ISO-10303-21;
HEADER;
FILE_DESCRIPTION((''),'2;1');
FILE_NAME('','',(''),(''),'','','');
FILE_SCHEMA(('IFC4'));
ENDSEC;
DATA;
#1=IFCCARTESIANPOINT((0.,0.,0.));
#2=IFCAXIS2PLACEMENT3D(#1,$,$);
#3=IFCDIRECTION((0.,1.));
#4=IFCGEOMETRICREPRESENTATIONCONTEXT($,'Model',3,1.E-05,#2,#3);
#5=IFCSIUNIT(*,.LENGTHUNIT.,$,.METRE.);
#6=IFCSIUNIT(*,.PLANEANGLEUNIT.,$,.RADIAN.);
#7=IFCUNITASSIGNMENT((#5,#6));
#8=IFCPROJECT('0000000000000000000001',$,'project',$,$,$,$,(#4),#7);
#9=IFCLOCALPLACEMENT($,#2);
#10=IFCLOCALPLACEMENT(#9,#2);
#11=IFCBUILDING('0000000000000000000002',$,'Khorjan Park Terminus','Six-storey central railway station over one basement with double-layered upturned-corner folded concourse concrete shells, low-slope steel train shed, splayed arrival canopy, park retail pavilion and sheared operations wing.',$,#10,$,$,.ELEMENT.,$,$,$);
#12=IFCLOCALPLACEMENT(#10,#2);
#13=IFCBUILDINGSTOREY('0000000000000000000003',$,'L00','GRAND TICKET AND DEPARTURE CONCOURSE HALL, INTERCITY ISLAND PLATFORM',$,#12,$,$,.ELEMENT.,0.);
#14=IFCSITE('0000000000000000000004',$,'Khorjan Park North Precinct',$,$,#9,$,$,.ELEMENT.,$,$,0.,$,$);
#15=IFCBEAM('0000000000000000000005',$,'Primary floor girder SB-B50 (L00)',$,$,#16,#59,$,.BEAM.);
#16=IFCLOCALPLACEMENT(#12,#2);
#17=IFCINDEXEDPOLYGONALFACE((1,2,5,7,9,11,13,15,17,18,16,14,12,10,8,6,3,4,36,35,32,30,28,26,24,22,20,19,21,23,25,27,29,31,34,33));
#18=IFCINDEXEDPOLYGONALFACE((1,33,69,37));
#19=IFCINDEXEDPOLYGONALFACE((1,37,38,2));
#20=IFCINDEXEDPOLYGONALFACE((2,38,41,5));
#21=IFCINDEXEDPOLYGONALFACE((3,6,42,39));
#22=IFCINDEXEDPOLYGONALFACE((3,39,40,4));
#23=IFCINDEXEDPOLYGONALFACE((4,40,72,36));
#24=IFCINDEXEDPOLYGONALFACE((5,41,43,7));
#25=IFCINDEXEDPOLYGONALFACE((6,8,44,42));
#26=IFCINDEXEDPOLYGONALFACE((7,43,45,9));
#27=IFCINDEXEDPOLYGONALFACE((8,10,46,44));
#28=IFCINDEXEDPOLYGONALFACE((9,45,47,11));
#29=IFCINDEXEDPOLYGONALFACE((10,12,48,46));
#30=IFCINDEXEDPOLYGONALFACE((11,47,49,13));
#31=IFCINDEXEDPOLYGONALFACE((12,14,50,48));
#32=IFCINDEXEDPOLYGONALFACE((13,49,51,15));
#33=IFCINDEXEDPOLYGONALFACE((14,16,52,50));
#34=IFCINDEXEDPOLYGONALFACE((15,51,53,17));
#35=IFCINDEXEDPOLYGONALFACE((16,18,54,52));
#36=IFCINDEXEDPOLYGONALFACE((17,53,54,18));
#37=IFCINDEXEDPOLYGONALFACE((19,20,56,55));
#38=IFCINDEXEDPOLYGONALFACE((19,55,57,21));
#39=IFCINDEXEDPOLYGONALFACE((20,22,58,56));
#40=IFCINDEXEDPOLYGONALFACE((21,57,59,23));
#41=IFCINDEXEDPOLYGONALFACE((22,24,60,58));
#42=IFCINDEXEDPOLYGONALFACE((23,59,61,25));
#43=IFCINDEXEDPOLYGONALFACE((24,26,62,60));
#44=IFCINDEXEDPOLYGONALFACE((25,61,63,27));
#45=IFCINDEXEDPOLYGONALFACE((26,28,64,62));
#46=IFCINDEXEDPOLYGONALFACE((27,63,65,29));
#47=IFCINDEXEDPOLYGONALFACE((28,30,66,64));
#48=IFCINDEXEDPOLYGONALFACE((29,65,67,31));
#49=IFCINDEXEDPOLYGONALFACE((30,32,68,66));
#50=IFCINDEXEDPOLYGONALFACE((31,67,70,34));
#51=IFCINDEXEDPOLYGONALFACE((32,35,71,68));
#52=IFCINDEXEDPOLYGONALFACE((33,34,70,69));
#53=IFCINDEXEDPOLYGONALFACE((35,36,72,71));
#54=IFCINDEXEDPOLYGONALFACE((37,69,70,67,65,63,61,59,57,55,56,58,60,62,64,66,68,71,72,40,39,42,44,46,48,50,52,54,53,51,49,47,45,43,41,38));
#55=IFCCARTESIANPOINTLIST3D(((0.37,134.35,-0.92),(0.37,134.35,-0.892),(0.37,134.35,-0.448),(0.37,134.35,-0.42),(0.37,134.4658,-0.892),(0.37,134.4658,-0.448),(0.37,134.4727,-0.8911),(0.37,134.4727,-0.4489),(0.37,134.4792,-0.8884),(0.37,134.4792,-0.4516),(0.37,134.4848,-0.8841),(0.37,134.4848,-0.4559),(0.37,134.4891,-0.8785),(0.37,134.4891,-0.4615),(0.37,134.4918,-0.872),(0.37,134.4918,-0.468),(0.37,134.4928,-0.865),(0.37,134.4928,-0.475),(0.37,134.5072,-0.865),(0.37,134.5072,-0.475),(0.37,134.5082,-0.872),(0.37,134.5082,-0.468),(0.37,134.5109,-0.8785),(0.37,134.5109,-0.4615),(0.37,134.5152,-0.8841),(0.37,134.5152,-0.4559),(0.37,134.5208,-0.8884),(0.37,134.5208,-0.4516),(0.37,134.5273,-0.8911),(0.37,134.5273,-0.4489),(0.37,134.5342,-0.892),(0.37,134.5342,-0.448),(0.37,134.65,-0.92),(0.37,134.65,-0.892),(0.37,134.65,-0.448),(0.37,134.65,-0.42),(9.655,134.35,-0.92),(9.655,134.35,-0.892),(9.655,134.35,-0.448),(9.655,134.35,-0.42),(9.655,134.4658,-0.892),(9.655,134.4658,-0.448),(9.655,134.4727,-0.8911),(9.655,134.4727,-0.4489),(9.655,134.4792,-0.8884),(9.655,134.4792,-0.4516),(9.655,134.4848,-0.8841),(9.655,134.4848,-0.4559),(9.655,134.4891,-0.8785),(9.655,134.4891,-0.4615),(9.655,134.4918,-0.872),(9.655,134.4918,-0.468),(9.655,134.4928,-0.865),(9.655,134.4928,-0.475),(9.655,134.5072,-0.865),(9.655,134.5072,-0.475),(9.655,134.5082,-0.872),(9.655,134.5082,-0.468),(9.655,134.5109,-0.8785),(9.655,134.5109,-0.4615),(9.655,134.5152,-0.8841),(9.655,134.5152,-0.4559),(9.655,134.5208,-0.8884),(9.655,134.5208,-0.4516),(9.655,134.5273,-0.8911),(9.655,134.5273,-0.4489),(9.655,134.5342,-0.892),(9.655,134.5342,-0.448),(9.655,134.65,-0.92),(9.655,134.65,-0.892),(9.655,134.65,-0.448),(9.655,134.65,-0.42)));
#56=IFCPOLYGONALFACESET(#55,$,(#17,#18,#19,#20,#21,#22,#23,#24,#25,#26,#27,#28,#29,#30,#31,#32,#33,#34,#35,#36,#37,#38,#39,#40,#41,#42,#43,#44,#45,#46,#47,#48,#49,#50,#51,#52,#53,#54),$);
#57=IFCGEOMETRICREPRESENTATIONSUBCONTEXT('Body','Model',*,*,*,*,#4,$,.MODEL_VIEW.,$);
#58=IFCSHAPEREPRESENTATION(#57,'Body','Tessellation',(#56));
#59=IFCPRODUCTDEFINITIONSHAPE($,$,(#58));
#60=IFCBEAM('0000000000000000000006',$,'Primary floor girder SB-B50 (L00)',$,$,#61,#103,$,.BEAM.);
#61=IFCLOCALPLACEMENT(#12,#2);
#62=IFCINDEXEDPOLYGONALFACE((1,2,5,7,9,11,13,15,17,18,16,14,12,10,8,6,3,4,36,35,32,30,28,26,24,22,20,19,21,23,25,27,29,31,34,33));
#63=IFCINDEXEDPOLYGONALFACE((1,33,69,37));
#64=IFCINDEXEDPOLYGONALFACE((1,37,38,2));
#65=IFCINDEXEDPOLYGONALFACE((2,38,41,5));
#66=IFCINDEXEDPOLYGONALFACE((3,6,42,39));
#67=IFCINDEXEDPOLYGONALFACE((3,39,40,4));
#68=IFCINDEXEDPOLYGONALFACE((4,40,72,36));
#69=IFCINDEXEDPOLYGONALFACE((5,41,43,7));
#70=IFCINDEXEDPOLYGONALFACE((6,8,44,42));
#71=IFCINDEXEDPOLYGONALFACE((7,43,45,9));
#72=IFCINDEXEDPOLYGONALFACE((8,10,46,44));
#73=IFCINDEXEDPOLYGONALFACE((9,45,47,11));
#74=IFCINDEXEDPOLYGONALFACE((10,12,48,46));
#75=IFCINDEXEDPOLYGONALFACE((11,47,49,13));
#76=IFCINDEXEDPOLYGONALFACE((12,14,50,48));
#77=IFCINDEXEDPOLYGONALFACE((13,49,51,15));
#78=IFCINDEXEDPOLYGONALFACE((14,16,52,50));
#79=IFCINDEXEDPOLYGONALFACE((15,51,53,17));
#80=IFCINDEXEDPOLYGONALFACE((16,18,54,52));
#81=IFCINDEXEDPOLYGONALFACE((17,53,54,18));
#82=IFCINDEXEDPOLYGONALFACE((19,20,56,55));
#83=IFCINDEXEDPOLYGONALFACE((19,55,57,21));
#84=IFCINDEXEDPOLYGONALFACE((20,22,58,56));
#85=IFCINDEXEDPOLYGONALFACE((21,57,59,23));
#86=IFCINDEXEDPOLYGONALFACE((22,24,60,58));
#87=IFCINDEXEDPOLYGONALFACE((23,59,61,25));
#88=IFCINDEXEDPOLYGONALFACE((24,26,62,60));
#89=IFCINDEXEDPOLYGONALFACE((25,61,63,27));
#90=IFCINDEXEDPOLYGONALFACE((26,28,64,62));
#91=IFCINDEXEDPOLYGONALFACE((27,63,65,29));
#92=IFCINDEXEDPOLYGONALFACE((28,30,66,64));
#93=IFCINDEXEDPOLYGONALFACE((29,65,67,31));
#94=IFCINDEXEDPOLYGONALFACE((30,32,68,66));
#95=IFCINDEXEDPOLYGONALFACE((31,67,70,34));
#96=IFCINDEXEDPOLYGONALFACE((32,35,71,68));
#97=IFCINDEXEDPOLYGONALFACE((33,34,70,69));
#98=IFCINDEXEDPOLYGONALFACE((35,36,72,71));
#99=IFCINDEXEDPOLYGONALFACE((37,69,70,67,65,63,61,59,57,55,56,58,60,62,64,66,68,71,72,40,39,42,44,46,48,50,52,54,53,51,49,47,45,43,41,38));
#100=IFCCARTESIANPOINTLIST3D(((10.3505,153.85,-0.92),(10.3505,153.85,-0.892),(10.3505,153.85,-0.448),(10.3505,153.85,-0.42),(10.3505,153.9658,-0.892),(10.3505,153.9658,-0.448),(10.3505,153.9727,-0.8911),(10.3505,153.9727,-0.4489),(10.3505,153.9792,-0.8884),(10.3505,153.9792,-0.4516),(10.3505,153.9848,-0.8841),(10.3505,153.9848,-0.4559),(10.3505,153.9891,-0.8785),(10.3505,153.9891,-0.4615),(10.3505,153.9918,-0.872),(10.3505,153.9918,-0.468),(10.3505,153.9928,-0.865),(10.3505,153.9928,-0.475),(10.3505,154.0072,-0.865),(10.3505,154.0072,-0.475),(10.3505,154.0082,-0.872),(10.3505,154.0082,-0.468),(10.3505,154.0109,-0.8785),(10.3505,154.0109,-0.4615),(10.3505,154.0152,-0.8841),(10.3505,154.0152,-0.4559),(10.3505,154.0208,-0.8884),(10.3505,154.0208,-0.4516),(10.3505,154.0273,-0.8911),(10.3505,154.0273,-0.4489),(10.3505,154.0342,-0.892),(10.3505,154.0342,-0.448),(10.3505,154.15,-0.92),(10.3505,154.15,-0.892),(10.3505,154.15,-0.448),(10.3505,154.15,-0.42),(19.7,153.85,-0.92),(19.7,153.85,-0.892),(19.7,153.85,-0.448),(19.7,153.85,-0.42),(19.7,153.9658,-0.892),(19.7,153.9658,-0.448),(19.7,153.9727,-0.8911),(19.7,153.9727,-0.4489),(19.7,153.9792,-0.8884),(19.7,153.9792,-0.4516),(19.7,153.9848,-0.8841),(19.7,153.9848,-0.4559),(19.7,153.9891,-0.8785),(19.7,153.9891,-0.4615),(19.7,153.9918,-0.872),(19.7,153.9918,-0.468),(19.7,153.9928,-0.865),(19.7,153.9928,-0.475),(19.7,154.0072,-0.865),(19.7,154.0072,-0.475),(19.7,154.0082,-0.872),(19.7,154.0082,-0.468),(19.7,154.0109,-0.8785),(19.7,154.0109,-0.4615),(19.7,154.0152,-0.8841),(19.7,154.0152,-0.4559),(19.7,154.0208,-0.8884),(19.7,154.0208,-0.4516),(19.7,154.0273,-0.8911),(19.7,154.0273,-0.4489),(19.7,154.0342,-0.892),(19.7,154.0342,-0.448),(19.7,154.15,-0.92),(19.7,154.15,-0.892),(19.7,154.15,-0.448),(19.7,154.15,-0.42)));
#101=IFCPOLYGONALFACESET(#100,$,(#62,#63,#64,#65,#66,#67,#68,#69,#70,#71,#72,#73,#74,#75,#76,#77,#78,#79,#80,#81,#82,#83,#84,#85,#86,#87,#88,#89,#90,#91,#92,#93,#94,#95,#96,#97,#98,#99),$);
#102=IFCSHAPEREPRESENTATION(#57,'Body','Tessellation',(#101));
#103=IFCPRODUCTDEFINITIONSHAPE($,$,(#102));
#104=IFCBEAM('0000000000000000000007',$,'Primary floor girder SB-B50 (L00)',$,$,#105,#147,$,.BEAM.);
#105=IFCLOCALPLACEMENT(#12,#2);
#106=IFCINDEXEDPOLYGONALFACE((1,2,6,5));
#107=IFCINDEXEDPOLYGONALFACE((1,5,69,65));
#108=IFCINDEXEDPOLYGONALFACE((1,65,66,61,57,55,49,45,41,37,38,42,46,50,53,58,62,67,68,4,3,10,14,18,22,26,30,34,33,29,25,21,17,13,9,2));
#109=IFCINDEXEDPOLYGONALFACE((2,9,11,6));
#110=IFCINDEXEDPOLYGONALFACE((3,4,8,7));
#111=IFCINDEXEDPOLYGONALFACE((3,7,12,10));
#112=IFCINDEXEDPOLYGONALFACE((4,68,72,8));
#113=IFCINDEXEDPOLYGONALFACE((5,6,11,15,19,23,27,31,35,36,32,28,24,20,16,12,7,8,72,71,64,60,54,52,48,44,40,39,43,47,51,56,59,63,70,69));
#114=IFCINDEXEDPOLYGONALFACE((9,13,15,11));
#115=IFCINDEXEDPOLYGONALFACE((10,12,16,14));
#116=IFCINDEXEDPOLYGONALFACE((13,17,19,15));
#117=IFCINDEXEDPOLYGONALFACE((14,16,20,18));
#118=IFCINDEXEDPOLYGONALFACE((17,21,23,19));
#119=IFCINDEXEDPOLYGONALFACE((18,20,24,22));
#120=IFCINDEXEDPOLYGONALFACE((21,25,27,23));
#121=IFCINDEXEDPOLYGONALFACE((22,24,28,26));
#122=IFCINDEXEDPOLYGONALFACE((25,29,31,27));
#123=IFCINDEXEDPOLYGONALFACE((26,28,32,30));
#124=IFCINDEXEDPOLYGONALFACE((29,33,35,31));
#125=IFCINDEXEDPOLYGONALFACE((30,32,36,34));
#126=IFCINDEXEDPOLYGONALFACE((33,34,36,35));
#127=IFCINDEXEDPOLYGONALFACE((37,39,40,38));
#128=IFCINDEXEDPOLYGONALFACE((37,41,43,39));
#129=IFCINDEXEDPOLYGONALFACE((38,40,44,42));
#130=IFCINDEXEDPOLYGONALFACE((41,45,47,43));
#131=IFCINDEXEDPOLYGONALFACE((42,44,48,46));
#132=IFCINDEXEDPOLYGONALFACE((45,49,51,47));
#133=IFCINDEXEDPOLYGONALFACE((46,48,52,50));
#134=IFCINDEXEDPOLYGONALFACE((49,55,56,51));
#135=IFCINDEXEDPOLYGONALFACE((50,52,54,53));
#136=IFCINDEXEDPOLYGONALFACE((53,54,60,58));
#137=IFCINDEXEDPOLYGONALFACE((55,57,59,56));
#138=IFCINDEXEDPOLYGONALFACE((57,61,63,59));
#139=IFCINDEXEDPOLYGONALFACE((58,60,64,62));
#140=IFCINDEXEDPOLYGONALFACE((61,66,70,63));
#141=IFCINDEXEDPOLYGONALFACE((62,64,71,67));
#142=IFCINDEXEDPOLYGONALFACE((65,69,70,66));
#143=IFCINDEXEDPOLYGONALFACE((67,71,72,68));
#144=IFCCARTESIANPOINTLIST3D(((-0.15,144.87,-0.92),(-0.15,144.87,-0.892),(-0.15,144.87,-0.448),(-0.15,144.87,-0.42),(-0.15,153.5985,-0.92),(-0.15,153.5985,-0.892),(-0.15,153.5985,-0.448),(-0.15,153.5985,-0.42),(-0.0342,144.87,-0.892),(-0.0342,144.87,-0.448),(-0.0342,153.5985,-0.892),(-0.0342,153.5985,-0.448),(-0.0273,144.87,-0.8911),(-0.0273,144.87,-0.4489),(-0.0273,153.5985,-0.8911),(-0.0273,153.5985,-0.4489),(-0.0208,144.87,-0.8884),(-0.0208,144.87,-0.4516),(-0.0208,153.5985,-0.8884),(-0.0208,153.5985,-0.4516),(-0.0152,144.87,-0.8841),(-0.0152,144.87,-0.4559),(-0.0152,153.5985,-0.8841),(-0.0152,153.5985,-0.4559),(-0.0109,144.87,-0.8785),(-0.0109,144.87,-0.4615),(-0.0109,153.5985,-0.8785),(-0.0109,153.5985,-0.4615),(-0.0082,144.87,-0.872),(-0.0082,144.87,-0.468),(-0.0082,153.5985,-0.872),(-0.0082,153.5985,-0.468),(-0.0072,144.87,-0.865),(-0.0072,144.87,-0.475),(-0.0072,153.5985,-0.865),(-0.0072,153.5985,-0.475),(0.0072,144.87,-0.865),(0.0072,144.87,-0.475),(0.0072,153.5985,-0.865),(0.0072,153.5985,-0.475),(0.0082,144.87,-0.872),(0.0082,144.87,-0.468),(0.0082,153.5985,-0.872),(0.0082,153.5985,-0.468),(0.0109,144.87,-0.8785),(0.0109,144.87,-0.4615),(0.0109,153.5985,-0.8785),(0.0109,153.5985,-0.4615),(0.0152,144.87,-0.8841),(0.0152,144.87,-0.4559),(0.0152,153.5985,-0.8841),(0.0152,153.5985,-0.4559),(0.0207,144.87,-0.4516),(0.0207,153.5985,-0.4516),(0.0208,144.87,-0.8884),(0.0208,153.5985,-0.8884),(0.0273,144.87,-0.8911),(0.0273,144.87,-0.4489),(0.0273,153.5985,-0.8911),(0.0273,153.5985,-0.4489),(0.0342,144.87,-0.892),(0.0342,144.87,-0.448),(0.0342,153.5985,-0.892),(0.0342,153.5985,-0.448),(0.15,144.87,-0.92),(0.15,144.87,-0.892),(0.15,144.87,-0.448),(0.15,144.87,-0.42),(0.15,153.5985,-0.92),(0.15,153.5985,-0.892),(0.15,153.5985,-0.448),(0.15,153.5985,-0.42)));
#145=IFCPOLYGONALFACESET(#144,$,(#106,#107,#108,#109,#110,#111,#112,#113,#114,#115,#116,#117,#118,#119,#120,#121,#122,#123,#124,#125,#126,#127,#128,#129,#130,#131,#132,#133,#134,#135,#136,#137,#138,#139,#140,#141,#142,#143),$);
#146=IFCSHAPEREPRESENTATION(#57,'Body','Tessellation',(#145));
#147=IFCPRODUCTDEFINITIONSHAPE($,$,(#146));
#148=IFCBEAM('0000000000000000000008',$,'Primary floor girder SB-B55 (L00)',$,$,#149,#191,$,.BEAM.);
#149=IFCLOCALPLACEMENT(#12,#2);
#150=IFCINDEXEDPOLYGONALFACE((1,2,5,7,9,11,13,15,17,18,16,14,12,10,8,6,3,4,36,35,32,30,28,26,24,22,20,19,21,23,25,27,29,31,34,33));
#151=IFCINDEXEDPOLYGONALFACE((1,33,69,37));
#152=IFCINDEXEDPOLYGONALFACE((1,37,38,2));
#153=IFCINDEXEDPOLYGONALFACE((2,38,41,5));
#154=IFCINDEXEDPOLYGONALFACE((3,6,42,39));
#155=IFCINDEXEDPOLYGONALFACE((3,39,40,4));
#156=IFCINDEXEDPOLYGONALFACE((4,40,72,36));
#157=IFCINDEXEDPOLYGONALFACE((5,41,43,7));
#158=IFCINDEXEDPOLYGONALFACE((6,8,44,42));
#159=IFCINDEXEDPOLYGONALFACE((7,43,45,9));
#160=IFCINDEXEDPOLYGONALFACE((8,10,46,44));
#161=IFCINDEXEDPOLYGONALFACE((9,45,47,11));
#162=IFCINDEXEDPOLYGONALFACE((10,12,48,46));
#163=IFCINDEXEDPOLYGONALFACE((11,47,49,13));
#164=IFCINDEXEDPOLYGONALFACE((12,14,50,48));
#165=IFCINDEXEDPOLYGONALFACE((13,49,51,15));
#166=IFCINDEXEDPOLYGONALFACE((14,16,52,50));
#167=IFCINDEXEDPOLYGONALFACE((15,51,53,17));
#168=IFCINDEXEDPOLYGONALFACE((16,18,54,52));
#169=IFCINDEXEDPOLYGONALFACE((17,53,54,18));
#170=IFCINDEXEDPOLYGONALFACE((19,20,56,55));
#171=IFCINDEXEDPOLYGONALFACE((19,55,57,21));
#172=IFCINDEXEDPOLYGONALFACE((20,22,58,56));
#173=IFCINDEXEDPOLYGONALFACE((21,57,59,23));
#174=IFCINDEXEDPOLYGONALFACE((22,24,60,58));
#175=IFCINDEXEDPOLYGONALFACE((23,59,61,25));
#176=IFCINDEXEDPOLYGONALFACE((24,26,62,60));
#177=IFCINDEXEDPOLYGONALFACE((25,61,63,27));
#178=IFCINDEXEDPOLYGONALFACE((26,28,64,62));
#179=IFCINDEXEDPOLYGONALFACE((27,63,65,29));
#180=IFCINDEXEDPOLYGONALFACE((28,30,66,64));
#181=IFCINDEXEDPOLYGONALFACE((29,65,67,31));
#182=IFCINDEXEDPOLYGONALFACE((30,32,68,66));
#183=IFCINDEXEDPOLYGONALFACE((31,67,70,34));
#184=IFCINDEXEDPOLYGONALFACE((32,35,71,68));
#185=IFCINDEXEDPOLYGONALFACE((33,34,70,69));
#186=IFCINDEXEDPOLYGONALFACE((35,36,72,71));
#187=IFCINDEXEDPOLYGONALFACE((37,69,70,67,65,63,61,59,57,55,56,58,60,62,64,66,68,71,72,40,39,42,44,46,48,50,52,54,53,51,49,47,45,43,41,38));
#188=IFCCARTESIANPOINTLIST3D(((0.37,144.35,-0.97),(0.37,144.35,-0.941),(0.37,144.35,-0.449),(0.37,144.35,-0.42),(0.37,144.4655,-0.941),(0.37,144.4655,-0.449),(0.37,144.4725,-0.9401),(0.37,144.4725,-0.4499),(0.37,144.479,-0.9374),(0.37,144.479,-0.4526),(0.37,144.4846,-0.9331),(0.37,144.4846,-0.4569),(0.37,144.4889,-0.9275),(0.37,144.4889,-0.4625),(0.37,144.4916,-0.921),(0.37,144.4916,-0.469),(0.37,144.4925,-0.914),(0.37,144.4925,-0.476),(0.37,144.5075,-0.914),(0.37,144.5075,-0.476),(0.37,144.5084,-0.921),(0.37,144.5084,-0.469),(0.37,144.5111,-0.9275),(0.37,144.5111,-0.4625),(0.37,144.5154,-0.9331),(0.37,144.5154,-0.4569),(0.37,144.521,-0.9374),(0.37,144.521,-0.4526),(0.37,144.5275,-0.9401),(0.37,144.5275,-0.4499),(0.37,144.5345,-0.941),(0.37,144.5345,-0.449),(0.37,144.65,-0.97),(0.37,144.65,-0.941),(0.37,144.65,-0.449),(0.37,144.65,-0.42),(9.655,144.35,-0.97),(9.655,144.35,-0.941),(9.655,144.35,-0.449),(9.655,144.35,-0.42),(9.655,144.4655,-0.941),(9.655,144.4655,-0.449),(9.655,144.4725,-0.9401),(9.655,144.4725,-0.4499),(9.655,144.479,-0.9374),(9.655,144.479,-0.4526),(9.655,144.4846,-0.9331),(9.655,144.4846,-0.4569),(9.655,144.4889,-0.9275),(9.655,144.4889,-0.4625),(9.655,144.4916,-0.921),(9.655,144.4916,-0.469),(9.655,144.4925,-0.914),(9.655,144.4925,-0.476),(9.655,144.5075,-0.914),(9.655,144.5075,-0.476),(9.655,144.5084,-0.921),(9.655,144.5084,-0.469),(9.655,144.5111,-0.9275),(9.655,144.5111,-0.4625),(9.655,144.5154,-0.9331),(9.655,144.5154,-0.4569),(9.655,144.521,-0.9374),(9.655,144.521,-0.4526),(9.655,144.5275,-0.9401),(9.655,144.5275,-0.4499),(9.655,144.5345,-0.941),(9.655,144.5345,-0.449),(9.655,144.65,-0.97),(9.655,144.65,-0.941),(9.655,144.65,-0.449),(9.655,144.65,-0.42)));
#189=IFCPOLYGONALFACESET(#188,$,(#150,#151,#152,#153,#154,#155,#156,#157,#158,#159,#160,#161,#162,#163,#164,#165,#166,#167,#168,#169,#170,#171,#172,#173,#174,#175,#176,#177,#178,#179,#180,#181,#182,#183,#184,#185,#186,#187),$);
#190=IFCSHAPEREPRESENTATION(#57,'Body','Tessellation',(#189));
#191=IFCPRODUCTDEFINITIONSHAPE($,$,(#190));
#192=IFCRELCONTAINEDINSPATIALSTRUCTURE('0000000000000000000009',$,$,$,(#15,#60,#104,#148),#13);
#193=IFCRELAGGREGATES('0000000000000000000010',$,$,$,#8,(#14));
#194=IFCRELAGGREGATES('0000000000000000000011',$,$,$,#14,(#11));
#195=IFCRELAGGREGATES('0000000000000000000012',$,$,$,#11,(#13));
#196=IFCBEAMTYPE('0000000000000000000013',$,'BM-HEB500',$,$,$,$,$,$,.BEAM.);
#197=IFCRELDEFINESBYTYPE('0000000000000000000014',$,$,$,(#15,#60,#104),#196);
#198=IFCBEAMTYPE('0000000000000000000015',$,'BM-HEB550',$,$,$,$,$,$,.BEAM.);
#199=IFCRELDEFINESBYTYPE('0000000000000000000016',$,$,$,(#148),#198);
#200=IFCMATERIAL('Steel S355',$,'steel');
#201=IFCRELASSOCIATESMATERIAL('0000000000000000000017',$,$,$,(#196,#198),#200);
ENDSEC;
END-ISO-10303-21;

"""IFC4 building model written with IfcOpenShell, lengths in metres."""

from ifc_helpers import new_model, si_unit, direction, frame, origin, origin_2d, place, context, subcontext, project, spatial, i_section, extrude, material, material_profile, profile_set, type_object, element, save


model = new_model("IFC4")

# Units and contexts
model_context = context("Model", 3, precision=1e-05, world=origin(), true_north=direction((0.0, 1.0)))
body_context = subcontext(model_context, "Body", "Model", "MODEL_VIEW")
ifc_project = project(units=[si_unit("LENGTHUNIT", "METRE"), si_unit("PLANEANGLEUNIT", "RADIAN")], contexts=[model_context])

# Site, building, storey
site_placement = place(None, origin())
site = spatial("IfcSite", under=ifc_project, at=site_placement, Name="Khorjan Park North Precinct", CompositionType="ELEMENT", RefElevation=0.0)
building_placement = place(site_placement, origin())
building = spatial("IfcBuilding", under=site, at=building_placement, Name="Khorjan Park Terminus", Description="Six-storey central railway station over one basement with double-layered upturned-corner folded concourse concrete shells, low-slope steel train shed, splayed arrival canopy, park retail pavilion and sheared operations wing.", CompositionType="ELEMENT")
storey_placement = place(building_placement, origin())
storey = spatial("IfcBuildingStorey", under=building, at=storey_placement, Name="L00", Description="GRAND TICKET AND DEPARTURE CONCOURSE HALL, INTERCITY ISLAND PLATFORM", CompositionType="ELEMENT", Elevation=0.0)

# Shared definitions
ifc_material = material(Name="Steel S355", Category="steel")

# Beams
ifc_material_profile_1 = material_profile(ifc_material, i_section(OverallWidth=0.3, OverallDepth=0.5, WebThickness=0.0145, FlangeThickness=0.028, FilletRadius=0.027, at=origin_2d()), Name="HEB 500")
ifc_profile_set_1 = profile_set([ifc_material_profile_1], Name="Steel S355")
beam_type_1 = type_object("IfcBeamType", Name="BM-HEB500", PredefinedType="BEAM", material=ifc_profile_set_1)
beam_1_placement = place(storey_placement, frame((0.37, 134.5, -0.67), z_axis=(1.0, 0.0, 0.0), x_axis=(0.0, 1.0, 0.0)))
element("IfcBeam", 1, at=beam_1_placement, inside=storey, type_object=beam_type_1, Name="Primary floor girder SB-B50 (L00)", PredefinedType="BEAM", context=body_context, shape_type="SweptSolid", body=[
    extrude(i_section(OverallWidth=0.3, OverallDepth=0.5, WebThickness=0.0145, FlangeThickness=0.028, FilletRadius=0.027, at=origin_2d()), origin(), (0.0, 0.0, 1.0), 9.285),
])
beam_2_placement = place(storey_placement, frame((10.3505, 154.0, -0.67), z_axis=(1.0, 0.0, 0.0), x_axis=(0.0, 1.0, 0.0)))
element("IfcBeam", 2, at=beam_2_placement, inside=storey, type_object=beam_type_1, Name="Primary floor girder SB-B50 (L00)", PredefinedType="BEAM", context=body_context, shape_type="SweptSolid", body=[
    extrude(i_section(OverallWidth=0.3, OverallDepth=0.5, WebThickness=0.0145, FlangeThickness=0.028, FilletRadius=0.027, at=origin_2d()), origin(), (0.0, 0.0, 1.0), 9.3495),
])
beam_3_placement = place(storey_placement, frame((0.0, 144.87, -0.67), z_axis=(0.0, 1.0, 0.0), x_axis=(-1.0, 0.0, 0.0)))
element("IfcBeam", 3, at=beam_3_placement, inside=storey, type_object=beam_type_1, Name="Primary floor girder SB-B50 (L00)", PredefinedType="BEAM", context=body_context, shape_type="SweptSolid", body=[
    extrude(i_section(OverallWidth=0.3, OverallDepth=0.5, WebThickness=0.0145, FlangeThickness=0.028, FilletRadius=0.027, at=origin_2d()), origin(), (0.0, 0.0, 1.0), 8.7285),
])
ifc_material_profile_2 = material_profile(ifc_material, i_section(OverallWidth=0.3, OverallDepth=0.55, WebThickness=0.015, FlangeThickness=0.029, FilletRadius=0.027, at=origin_2d()), Name="HEB 550")
ifc_profile_set_2 = profile_set([ifc_material_profile_2], Name="Steel S355")
beam_type_2 = type_object("IfcBeamType", Name="BM-HEB550", PredefinedType="BEAM", material=ifc_profile_set_2)
beam_4_placement = place(storey_placement, frame((0.37, 144.5, -0.695), z_axis=(1.0, 0.0, 0.0), x_axis=(0.0, 1.0, 0.0)))
element("IfcBeam", 4, at=beam_4_placement, inside=storey, type_object=beam_type_2, Name="Primary floor girder SB-B55 (L00)", PredefinedType="BEAM", context=body_context, shape_type="SweptSolid", body=[
    extrude(i_section(OverallWidth=0.3, OverallDepth=0.55, WebThickness=0.015, FlangeThickness=0.029, FilletRadius=0.027, at=origin_2d()), origin(), (0.0, 0.0, 1.0), 9.285),
])

save(model, "model.ifc")
